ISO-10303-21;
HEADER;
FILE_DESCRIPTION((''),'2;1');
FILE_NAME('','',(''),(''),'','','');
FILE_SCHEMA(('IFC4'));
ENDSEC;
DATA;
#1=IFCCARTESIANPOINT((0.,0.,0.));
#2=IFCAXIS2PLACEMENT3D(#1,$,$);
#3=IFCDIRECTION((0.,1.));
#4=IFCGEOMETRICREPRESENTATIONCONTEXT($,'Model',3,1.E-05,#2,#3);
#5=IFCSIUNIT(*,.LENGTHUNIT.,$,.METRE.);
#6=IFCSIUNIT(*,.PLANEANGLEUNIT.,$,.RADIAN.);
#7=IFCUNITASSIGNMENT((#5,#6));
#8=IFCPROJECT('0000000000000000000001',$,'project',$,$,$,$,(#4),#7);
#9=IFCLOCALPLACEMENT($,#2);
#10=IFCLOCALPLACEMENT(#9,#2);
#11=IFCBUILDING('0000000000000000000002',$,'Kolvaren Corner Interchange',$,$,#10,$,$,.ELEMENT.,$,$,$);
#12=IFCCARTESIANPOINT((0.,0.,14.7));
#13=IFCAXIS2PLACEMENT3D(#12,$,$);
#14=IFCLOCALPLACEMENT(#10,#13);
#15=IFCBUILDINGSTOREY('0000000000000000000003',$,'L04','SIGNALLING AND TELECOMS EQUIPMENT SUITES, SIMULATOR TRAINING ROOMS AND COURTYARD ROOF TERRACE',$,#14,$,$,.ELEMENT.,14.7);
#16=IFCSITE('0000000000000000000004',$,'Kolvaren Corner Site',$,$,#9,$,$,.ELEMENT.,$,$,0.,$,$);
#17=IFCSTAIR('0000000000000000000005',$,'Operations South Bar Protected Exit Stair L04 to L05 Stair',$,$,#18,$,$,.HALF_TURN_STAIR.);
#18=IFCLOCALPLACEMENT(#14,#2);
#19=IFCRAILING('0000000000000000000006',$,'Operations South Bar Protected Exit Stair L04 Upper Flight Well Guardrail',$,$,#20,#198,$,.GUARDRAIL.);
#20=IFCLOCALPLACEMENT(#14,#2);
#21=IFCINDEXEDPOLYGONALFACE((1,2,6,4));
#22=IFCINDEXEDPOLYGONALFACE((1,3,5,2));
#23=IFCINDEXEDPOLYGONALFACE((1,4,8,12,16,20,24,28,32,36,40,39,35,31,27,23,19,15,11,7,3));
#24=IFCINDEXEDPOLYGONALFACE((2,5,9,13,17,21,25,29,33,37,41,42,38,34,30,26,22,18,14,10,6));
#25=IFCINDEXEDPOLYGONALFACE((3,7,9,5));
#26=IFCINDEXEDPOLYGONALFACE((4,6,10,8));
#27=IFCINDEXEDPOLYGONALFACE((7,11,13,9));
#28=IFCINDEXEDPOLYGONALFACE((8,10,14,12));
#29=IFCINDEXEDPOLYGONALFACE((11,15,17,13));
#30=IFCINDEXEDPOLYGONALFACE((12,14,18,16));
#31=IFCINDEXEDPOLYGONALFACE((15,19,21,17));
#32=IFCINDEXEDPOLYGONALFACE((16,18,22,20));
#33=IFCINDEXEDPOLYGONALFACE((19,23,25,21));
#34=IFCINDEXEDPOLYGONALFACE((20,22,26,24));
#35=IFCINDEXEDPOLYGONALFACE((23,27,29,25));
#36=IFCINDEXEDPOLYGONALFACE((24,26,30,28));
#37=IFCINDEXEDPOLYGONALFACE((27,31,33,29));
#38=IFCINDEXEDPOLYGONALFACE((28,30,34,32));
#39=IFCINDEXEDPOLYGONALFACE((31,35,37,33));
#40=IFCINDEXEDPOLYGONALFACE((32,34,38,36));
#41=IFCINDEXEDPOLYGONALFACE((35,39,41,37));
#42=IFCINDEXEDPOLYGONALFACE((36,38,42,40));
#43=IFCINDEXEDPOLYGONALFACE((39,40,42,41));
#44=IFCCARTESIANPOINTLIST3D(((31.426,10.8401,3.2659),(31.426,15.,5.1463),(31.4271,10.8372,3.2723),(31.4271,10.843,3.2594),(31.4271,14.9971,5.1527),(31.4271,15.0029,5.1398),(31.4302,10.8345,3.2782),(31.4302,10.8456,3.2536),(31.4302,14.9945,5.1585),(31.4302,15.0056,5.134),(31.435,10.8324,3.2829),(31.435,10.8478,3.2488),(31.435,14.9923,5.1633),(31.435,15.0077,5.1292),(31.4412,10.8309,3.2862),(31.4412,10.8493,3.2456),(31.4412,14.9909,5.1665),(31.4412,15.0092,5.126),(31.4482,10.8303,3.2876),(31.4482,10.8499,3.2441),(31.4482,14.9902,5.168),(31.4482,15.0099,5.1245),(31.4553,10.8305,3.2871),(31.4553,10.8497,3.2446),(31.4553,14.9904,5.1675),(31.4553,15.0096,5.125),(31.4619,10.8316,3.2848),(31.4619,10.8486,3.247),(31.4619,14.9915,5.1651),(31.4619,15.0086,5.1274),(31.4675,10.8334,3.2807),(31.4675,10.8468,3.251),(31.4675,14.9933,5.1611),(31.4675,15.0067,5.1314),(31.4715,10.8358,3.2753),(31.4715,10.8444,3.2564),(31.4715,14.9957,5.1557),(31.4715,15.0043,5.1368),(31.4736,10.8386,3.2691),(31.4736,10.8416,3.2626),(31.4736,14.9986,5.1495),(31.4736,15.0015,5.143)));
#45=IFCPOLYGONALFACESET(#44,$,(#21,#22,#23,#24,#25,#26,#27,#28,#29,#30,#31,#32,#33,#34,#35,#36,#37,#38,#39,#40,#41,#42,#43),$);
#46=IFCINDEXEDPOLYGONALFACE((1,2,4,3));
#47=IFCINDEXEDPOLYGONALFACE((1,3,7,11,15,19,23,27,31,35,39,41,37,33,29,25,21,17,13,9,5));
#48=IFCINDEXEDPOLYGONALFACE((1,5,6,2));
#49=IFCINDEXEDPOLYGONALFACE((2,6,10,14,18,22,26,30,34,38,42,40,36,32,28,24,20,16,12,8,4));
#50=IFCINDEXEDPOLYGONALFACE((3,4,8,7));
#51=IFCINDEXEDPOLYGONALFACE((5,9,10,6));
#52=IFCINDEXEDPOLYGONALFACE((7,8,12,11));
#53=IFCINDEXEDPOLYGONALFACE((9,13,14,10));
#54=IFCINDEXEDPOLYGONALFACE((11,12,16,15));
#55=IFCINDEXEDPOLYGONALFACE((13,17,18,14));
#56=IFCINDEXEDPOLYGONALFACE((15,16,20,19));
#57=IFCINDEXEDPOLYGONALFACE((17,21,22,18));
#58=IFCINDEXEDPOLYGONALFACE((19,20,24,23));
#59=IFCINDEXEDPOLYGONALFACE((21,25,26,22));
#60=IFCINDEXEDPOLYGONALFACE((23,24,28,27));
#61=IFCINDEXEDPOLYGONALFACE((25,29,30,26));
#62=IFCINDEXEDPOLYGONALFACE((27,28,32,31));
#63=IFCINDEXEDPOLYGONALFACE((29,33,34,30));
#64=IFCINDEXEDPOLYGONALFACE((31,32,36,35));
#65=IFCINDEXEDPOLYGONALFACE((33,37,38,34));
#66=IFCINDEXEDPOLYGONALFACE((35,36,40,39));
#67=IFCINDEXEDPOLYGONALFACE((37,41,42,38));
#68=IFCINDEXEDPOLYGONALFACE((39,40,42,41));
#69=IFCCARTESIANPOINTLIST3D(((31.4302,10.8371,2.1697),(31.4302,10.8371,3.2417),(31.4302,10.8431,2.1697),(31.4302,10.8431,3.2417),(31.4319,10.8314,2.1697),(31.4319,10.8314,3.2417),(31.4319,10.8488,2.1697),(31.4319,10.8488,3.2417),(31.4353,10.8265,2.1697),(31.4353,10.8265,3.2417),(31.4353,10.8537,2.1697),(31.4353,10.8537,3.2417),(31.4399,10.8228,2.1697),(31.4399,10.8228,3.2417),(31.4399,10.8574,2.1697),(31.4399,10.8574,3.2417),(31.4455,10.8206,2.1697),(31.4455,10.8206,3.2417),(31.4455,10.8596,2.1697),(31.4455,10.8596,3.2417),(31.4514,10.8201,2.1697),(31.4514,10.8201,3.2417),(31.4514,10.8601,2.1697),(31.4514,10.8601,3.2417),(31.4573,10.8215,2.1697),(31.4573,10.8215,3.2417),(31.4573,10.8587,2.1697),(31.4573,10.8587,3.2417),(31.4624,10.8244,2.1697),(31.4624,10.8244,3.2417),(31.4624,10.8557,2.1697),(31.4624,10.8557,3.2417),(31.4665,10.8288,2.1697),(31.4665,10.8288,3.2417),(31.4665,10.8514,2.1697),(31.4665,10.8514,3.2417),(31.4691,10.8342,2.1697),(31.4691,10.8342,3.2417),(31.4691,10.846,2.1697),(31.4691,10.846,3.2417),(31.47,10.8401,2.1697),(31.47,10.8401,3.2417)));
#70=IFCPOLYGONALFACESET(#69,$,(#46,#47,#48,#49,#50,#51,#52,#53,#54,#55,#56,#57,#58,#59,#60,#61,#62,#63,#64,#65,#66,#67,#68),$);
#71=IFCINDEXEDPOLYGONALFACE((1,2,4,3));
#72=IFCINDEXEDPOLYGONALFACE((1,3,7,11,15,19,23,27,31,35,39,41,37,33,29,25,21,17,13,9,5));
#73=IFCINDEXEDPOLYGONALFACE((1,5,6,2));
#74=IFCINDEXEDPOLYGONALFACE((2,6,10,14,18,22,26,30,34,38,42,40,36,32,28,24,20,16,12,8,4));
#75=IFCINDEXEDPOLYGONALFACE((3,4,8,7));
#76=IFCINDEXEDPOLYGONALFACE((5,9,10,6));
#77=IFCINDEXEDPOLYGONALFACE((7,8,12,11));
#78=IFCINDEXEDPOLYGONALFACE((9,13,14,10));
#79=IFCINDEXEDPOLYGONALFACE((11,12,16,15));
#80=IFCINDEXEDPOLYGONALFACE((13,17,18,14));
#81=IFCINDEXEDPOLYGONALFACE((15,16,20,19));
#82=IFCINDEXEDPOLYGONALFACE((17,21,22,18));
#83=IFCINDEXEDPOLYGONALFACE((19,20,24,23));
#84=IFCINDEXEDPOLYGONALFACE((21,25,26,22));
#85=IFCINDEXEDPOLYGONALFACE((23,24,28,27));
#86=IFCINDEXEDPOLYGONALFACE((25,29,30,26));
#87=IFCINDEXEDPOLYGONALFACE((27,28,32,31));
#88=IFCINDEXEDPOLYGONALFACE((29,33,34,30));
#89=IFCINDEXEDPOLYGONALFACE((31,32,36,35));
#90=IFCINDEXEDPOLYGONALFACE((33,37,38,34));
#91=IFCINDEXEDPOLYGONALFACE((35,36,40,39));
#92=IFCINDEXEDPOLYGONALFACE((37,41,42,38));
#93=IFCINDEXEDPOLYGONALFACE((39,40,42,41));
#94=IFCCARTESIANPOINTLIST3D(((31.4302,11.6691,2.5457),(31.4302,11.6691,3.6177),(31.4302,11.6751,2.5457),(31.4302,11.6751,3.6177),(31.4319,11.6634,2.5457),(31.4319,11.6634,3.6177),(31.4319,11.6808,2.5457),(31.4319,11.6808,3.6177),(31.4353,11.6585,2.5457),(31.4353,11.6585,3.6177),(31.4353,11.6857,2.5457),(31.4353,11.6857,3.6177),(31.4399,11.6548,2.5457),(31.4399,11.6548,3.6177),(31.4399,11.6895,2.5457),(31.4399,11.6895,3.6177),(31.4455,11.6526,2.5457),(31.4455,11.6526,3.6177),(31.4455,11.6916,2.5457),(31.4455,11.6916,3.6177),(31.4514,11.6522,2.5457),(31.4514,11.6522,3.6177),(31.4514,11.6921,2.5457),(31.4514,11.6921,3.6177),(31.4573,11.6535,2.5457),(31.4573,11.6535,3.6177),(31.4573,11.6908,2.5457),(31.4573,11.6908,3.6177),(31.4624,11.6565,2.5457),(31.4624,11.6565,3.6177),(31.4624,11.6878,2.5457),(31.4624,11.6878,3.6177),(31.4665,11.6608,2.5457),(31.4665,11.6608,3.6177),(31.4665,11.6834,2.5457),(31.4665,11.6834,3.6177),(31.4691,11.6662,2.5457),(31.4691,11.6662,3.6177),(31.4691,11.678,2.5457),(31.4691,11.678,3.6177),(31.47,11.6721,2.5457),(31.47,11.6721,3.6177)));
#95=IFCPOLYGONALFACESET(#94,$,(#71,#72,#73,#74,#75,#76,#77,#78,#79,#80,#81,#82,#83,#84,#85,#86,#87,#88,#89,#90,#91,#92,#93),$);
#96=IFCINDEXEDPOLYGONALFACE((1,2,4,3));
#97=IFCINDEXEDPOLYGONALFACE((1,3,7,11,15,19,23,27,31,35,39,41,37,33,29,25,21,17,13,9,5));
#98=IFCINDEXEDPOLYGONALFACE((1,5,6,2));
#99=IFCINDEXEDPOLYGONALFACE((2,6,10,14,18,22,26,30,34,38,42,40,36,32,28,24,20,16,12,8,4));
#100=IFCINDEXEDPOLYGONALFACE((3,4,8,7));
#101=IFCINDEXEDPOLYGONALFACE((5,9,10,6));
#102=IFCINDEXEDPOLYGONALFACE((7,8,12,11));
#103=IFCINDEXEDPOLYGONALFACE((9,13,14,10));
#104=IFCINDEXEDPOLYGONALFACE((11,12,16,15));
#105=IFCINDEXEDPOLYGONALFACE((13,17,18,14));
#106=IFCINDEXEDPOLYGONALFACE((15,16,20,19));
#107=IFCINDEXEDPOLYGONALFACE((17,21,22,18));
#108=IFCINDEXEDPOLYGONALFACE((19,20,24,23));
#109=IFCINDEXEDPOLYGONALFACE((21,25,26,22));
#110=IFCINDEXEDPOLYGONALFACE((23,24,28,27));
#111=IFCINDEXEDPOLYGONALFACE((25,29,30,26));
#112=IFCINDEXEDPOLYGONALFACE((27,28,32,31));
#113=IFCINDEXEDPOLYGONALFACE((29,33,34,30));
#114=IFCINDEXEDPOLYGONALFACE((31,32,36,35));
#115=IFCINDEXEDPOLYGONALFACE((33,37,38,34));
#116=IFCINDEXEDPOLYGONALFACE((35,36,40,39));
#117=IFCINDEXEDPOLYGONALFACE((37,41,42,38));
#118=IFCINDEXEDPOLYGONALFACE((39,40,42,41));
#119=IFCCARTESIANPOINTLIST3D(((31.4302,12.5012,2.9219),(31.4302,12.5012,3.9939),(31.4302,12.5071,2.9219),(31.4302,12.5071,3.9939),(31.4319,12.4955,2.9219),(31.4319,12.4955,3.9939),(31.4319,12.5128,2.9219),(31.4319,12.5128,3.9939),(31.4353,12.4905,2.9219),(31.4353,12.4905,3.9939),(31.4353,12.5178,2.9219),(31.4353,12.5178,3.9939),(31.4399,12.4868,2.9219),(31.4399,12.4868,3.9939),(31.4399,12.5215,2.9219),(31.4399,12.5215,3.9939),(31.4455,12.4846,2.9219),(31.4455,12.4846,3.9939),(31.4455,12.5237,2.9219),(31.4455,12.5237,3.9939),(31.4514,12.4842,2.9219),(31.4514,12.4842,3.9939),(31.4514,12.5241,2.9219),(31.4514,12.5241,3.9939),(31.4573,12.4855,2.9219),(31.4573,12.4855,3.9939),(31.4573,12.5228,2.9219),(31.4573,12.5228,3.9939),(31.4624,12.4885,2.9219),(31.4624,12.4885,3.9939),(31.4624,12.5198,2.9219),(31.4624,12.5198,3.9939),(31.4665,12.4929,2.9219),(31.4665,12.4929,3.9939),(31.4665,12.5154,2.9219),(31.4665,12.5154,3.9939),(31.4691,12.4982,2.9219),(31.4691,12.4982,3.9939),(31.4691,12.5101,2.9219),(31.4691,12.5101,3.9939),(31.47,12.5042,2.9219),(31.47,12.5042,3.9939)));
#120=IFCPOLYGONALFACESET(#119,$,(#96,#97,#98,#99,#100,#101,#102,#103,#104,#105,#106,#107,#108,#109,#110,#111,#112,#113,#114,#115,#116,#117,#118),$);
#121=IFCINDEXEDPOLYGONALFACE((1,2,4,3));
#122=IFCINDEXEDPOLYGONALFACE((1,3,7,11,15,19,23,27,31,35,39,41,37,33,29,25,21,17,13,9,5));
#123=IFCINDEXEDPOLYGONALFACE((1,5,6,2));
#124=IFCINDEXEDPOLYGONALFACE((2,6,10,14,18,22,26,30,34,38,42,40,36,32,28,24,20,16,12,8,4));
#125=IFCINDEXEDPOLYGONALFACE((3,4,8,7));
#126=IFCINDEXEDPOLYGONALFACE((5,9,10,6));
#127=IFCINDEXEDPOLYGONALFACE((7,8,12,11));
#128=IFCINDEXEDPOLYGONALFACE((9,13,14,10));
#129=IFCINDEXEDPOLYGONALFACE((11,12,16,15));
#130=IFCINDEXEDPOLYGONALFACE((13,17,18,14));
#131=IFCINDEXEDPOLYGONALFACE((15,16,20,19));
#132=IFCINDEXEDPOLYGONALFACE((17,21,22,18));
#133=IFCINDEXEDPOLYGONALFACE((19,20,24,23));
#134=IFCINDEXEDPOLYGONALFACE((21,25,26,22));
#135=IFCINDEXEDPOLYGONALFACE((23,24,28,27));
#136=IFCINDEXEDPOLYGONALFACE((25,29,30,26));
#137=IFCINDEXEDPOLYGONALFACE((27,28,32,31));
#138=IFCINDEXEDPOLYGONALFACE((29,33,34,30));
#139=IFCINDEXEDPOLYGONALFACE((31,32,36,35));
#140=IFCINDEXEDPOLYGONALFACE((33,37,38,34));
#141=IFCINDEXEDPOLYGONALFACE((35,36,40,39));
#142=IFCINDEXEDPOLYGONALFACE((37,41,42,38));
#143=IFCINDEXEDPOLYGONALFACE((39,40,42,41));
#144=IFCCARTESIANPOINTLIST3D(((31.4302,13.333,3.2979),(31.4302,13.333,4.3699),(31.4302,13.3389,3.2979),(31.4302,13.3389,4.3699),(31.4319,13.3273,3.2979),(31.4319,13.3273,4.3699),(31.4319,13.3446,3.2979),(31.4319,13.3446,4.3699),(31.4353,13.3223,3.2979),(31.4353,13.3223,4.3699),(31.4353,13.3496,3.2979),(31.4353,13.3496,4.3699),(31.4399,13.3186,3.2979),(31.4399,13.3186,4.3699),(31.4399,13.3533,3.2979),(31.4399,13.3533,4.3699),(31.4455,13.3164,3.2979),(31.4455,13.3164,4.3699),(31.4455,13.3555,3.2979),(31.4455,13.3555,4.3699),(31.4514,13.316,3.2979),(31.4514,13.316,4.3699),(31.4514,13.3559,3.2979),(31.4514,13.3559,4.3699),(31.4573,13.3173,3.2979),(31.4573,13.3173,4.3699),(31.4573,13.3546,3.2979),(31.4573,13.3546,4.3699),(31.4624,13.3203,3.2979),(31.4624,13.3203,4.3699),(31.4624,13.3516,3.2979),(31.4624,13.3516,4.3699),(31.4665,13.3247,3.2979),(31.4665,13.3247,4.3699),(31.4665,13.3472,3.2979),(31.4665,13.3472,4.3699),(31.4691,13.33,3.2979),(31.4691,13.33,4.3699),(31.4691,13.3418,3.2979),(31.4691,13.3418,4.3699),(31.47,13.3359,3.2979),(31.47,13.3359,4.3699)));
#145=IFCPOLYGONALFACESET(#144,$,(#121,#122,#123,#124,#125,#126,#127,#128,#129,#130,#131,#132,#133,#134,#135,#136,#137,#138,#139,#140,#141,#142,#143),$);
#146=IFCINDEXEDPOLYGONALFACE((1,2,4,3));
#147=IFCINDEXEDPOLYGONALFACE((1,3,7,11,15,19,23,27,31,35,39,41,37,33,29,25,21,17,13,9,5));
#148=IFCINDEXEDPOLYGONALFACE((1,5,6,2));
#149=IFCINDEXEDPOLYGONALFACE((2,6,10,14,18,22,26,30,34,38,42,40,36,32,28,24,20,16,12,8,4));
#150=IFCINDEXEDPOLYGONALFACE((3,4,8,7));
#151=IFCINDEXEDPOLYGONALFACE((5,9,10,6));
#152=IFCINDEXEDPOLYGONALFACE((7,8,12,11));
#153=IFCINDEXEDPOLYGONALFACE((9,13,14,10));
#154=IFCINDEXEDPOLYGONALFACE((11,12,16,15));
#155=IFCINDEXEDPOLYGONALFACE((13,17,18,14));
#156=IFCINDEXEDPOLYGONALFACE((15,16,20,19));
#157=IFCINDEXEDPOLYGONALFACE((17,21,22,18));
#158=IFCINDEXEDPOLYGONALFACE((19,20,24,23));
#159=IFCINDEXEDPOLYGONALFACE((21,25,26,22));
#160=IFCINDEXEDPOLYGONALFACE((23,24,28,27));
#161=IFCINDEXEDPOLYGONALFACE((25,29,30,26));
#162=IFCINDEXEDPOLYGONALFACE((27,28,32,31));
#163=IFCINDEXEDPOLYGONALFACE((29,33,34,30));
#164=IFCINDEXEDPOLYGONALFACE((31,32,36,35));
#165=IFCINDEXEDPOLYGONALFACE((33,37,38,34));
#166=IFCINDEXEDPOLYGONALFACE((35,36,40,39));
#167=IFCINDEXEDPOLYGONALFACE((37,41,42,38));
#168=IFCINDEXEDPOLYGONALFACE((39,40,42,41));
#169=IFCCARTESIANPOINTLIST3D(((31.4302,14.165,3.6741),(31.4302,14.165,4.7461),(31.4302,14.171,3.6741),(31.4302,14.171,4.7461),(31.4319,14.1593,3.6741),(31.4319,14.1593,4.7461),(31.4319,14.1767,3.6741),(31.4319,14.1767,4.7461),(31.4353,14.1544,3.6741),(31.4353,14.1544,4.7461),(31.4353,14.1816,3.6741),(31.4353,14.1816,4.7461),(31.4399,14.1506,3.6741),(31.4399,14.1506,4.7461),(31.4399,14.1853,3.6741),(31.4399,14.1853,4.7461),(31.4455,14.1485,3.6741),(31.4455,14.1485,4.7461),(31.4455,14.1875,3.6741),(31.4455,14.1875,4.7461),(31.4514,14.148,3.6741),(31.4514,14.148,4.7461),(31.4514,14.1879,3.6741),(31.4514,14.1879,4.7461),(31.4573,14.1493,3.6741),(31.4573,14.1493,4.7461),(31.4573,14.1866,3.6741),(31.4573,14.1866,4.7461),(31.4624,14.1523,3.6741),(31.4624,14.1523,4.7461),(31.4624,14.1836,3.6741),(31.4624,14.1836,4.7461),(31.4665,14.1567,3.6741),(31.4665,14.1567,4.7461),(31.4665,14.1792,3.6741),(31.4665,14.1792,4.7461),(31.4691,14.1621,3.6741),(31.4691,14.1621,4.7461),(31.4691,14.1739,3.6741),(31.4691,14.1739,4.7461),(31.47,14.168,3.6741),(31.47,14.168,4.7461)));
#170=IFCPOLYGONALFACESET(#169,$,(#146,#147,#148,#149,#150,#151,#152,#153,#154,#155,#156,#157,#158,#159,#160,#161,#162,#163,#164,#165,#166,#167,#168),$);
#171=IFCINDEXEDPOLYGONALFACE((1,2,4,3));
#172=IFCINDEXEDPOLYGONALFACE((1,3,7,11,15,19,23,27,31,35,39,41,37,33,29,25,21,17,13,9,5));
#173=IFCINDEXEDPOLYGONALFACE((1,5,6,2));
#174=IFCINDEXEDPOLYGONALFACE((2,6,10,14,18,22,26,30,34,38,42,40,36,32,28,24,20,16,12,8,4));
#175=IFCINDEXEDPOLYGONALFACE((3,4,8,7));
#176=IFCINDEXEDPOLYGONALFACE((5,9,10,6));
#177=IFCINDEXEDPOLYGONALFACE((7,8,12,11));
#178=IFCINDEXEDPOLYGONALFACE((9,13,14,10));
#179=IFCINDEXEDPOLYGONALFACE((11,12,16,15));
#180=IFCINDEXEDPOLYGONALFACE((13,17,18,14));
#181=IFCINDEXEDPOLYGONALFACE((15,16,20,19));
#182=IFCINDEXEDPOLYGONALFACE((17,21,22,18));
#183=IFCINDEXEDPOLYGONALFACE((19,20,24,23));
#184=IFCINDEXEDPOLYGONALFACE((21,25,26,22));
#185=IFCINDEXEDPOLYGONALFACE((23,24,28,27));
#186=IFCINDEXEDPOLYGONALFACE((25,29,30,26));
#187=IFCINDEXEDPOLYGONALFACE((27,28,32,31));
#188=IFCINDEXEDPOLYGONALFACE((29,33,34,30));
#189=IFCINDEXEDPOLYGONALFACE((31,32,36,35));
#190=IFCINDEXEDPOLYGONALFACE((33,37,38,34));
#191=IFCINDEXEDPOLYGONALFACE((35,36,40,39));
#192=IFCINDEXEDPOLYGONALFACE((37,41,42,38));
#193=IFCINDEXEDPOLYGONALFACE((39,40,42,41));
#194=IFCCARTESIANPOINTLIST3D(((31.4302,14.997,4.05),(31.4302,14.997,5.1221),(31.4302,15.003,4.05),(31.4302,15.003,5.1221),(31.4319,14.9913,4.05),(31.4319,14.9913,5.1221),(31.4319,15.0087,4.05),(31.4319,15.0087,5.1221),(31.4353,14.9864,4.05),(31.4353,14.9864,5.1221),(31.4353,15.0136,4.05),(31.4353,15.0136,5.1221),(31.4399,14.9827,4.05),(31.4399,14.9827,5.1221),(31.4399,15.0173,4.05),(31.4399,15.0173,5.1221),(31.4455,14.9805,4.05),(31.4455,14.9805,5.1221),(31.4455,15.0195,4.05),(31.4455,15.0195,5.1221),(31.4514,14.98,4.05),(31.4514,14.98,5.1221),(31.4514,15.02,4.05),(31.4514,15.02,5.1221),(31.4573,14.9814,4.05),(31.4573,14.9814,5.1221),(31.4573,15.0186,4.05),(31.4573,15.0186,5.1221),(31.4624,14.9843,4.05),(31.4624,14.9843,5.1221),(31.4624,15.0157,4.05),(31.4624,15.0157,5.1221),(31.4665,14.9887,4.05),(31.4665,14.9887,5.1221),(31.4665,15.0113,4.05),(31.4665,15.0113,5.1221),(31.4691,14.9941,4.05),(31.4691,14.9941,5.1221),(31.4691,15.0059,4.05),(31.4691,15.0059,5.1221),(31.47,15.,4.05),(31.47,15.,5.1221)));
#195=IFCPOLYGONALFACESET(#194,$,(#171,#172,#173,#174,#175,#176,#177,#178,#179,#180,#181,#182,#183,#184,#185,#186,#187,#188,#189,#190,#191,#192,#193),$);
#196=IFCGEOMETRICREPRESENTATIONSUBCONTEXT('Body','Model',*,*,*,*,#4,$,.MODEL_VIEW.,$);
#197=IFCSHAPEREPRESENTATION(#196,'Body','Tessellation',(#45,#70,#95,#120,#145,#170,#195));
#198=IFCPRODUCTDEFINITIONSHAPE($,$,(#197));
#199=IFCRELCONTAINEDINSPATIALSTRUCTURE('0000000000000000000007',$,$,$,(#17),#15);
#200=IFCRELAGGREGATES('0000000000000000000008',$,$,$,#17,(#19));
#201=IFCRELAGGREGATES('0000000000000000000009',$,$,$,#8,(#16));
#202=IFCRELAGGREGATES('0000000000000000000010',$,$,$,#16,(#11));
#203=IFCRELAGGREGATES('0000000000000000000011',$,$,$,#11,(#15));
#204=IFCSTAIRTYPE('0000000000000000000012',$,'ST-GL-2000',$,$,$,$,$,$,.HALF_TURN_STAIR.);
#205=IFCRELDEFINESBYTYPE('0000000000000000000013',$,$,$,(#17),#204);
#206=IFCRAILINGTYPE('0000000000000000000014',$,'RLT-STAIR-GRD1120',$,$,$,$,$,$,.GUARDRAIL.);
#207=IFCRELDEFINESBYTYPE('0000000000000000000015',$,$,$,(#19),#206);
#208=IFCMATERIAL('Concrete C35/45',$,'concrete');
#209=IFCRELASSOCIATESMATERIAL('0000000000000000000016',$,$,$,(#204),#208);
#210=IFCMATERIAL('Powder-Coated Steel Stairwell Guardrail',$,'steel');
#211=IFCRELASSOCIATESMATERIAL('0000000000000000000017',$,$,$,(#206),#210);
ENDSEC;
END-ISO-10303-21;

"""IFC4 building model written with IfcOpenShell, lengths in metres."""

from ifc_helpers import new_model, si_unit, direction, frame, origin, origin_2d, place, context, subcontext, project, spatial, circle, extrude, material, type_object, element, aggregate, save


model = new_model("IFC4")

# Units and contexts
model_context = context("Model", 3, precision=1e-05, world=origin(), true_north=direction((0.0, 1.0)))
body_context = subcontext(model_context, "Body", "Model", "MODEL_VIEW")
ifc_project = project(units=[si_unit("LENGTHUNIT", "METRE"), si_unit("PLANEANGLEUNIT", "RADIAN")], contexts=[model_context])

# Site, building, storey
site_placement = place(None, origin())
site = spatial("IfcSite", under=ifc_project, at=site_placement, Name="Kolvaren Corner Site", CompositionType="ELEMENT", RefElevation=0.0)
building_placement = place(site_placement, origin())
building = spatial("IfcBuilding", under=site, at=building_placement, Name="Kolvaren Corner Interchange", CompositionType="ELEMENT")
storey_placement = place(building_placement, frame((0.0, 0.0, 14.7)))
storey = spatial("IfcBuildingStorey", under=building, at=storey_placement, Name="L04", Description="SIGNALLING AND TELECOMS EQUIPMENT SUITES, SIMULATOR TRAINING ROOMS AND COURTYARD ROOF TERRACE", CompositionType="ELEMENT", Elevation=14.7)

# Stair, railing
ifc_material_1 = material(Name="Concrete C35/45", Category="concrete")
stair_type = type_object("IfcStairType", Name="ST-GL-2000", PredefinedType="HALF_TURN_STAIR", material=ifc_material_1)
stair_placement = place(storey_placement, origin())
stair = element("IfcStair", 1, at=stair_placement, inside=storey, type_object=stair_type, Name="Operations South Bar Protected Exit Stair L04 to L05 Stair", PredefinedType="HALF_TURN_STAIR")
ifc_material_2 = material(Name="Powder-Coated Steel Stairwell Guardrail", Category="steel")
railing_type_1 = type_object("IfcRailingType", Name="RLT-STAIR-GRD1120", PredefinedType="GUARDRAIL", material=ifc_material_2)
railing_1_placement = place(storey_placement, frame((31.45, 10.8401, 2.1697)))
railing_1 = element("IfcRailing", 2, at=railing_1_placement, type_object=railing_type_1, Name="Operations South Bar Protected Exit Stair L04 Upper Flight Well Guardrail", PredefinedType="GUARDRAIL", context=body_context, shape_type="SweptSolid", body=[
    extrude(circle(Radius=0.0239, at=origin_2d()), frame((0.0, 0.0, 1.0962), z_axis=(0.0, 0.911231, 0.411896), x_axis=(-1.0, 0.0, 0.0)), (0.0, 0.0, 1.0), 4.5652),
    extrude(circle(Radius=0.02, at=origin_2d()), origin(), (0.0, 0.0, 1.0), 1.072),
    extrude(circle(Radius=0.02, at=origin_2d()), frame((0.0, 0.832, 0.376)), (0.0, 0.0, 1.0), 1.072),
    extrude(circle(Radius=0.02, at=origin_2d()), frame((0.0, 1.6641, 0.7522)), (0.0, 0.0, 1.0), 1.072),
    extrude(circle(Radius=0.02, at=origin_2d()), frame((0.0, 2.4958, 1.1282)), (0.0, 0.0, 1.0), 1.072),
    extrude(circle(Radius=0.02, at=origin_2d()), frame((0.0, 3.3279, 1.5044)), (0.0, 0.0, 1.0), 1.072),
    extrude(circle(Radius=0.02, at=origin_2d()), frame((0.0, 4.1599, 1.8804)), (0.0, 0.0, 1.0), 1.072),
])
aggregate(stair, [railing_1])

save(model, "model.ifc")
